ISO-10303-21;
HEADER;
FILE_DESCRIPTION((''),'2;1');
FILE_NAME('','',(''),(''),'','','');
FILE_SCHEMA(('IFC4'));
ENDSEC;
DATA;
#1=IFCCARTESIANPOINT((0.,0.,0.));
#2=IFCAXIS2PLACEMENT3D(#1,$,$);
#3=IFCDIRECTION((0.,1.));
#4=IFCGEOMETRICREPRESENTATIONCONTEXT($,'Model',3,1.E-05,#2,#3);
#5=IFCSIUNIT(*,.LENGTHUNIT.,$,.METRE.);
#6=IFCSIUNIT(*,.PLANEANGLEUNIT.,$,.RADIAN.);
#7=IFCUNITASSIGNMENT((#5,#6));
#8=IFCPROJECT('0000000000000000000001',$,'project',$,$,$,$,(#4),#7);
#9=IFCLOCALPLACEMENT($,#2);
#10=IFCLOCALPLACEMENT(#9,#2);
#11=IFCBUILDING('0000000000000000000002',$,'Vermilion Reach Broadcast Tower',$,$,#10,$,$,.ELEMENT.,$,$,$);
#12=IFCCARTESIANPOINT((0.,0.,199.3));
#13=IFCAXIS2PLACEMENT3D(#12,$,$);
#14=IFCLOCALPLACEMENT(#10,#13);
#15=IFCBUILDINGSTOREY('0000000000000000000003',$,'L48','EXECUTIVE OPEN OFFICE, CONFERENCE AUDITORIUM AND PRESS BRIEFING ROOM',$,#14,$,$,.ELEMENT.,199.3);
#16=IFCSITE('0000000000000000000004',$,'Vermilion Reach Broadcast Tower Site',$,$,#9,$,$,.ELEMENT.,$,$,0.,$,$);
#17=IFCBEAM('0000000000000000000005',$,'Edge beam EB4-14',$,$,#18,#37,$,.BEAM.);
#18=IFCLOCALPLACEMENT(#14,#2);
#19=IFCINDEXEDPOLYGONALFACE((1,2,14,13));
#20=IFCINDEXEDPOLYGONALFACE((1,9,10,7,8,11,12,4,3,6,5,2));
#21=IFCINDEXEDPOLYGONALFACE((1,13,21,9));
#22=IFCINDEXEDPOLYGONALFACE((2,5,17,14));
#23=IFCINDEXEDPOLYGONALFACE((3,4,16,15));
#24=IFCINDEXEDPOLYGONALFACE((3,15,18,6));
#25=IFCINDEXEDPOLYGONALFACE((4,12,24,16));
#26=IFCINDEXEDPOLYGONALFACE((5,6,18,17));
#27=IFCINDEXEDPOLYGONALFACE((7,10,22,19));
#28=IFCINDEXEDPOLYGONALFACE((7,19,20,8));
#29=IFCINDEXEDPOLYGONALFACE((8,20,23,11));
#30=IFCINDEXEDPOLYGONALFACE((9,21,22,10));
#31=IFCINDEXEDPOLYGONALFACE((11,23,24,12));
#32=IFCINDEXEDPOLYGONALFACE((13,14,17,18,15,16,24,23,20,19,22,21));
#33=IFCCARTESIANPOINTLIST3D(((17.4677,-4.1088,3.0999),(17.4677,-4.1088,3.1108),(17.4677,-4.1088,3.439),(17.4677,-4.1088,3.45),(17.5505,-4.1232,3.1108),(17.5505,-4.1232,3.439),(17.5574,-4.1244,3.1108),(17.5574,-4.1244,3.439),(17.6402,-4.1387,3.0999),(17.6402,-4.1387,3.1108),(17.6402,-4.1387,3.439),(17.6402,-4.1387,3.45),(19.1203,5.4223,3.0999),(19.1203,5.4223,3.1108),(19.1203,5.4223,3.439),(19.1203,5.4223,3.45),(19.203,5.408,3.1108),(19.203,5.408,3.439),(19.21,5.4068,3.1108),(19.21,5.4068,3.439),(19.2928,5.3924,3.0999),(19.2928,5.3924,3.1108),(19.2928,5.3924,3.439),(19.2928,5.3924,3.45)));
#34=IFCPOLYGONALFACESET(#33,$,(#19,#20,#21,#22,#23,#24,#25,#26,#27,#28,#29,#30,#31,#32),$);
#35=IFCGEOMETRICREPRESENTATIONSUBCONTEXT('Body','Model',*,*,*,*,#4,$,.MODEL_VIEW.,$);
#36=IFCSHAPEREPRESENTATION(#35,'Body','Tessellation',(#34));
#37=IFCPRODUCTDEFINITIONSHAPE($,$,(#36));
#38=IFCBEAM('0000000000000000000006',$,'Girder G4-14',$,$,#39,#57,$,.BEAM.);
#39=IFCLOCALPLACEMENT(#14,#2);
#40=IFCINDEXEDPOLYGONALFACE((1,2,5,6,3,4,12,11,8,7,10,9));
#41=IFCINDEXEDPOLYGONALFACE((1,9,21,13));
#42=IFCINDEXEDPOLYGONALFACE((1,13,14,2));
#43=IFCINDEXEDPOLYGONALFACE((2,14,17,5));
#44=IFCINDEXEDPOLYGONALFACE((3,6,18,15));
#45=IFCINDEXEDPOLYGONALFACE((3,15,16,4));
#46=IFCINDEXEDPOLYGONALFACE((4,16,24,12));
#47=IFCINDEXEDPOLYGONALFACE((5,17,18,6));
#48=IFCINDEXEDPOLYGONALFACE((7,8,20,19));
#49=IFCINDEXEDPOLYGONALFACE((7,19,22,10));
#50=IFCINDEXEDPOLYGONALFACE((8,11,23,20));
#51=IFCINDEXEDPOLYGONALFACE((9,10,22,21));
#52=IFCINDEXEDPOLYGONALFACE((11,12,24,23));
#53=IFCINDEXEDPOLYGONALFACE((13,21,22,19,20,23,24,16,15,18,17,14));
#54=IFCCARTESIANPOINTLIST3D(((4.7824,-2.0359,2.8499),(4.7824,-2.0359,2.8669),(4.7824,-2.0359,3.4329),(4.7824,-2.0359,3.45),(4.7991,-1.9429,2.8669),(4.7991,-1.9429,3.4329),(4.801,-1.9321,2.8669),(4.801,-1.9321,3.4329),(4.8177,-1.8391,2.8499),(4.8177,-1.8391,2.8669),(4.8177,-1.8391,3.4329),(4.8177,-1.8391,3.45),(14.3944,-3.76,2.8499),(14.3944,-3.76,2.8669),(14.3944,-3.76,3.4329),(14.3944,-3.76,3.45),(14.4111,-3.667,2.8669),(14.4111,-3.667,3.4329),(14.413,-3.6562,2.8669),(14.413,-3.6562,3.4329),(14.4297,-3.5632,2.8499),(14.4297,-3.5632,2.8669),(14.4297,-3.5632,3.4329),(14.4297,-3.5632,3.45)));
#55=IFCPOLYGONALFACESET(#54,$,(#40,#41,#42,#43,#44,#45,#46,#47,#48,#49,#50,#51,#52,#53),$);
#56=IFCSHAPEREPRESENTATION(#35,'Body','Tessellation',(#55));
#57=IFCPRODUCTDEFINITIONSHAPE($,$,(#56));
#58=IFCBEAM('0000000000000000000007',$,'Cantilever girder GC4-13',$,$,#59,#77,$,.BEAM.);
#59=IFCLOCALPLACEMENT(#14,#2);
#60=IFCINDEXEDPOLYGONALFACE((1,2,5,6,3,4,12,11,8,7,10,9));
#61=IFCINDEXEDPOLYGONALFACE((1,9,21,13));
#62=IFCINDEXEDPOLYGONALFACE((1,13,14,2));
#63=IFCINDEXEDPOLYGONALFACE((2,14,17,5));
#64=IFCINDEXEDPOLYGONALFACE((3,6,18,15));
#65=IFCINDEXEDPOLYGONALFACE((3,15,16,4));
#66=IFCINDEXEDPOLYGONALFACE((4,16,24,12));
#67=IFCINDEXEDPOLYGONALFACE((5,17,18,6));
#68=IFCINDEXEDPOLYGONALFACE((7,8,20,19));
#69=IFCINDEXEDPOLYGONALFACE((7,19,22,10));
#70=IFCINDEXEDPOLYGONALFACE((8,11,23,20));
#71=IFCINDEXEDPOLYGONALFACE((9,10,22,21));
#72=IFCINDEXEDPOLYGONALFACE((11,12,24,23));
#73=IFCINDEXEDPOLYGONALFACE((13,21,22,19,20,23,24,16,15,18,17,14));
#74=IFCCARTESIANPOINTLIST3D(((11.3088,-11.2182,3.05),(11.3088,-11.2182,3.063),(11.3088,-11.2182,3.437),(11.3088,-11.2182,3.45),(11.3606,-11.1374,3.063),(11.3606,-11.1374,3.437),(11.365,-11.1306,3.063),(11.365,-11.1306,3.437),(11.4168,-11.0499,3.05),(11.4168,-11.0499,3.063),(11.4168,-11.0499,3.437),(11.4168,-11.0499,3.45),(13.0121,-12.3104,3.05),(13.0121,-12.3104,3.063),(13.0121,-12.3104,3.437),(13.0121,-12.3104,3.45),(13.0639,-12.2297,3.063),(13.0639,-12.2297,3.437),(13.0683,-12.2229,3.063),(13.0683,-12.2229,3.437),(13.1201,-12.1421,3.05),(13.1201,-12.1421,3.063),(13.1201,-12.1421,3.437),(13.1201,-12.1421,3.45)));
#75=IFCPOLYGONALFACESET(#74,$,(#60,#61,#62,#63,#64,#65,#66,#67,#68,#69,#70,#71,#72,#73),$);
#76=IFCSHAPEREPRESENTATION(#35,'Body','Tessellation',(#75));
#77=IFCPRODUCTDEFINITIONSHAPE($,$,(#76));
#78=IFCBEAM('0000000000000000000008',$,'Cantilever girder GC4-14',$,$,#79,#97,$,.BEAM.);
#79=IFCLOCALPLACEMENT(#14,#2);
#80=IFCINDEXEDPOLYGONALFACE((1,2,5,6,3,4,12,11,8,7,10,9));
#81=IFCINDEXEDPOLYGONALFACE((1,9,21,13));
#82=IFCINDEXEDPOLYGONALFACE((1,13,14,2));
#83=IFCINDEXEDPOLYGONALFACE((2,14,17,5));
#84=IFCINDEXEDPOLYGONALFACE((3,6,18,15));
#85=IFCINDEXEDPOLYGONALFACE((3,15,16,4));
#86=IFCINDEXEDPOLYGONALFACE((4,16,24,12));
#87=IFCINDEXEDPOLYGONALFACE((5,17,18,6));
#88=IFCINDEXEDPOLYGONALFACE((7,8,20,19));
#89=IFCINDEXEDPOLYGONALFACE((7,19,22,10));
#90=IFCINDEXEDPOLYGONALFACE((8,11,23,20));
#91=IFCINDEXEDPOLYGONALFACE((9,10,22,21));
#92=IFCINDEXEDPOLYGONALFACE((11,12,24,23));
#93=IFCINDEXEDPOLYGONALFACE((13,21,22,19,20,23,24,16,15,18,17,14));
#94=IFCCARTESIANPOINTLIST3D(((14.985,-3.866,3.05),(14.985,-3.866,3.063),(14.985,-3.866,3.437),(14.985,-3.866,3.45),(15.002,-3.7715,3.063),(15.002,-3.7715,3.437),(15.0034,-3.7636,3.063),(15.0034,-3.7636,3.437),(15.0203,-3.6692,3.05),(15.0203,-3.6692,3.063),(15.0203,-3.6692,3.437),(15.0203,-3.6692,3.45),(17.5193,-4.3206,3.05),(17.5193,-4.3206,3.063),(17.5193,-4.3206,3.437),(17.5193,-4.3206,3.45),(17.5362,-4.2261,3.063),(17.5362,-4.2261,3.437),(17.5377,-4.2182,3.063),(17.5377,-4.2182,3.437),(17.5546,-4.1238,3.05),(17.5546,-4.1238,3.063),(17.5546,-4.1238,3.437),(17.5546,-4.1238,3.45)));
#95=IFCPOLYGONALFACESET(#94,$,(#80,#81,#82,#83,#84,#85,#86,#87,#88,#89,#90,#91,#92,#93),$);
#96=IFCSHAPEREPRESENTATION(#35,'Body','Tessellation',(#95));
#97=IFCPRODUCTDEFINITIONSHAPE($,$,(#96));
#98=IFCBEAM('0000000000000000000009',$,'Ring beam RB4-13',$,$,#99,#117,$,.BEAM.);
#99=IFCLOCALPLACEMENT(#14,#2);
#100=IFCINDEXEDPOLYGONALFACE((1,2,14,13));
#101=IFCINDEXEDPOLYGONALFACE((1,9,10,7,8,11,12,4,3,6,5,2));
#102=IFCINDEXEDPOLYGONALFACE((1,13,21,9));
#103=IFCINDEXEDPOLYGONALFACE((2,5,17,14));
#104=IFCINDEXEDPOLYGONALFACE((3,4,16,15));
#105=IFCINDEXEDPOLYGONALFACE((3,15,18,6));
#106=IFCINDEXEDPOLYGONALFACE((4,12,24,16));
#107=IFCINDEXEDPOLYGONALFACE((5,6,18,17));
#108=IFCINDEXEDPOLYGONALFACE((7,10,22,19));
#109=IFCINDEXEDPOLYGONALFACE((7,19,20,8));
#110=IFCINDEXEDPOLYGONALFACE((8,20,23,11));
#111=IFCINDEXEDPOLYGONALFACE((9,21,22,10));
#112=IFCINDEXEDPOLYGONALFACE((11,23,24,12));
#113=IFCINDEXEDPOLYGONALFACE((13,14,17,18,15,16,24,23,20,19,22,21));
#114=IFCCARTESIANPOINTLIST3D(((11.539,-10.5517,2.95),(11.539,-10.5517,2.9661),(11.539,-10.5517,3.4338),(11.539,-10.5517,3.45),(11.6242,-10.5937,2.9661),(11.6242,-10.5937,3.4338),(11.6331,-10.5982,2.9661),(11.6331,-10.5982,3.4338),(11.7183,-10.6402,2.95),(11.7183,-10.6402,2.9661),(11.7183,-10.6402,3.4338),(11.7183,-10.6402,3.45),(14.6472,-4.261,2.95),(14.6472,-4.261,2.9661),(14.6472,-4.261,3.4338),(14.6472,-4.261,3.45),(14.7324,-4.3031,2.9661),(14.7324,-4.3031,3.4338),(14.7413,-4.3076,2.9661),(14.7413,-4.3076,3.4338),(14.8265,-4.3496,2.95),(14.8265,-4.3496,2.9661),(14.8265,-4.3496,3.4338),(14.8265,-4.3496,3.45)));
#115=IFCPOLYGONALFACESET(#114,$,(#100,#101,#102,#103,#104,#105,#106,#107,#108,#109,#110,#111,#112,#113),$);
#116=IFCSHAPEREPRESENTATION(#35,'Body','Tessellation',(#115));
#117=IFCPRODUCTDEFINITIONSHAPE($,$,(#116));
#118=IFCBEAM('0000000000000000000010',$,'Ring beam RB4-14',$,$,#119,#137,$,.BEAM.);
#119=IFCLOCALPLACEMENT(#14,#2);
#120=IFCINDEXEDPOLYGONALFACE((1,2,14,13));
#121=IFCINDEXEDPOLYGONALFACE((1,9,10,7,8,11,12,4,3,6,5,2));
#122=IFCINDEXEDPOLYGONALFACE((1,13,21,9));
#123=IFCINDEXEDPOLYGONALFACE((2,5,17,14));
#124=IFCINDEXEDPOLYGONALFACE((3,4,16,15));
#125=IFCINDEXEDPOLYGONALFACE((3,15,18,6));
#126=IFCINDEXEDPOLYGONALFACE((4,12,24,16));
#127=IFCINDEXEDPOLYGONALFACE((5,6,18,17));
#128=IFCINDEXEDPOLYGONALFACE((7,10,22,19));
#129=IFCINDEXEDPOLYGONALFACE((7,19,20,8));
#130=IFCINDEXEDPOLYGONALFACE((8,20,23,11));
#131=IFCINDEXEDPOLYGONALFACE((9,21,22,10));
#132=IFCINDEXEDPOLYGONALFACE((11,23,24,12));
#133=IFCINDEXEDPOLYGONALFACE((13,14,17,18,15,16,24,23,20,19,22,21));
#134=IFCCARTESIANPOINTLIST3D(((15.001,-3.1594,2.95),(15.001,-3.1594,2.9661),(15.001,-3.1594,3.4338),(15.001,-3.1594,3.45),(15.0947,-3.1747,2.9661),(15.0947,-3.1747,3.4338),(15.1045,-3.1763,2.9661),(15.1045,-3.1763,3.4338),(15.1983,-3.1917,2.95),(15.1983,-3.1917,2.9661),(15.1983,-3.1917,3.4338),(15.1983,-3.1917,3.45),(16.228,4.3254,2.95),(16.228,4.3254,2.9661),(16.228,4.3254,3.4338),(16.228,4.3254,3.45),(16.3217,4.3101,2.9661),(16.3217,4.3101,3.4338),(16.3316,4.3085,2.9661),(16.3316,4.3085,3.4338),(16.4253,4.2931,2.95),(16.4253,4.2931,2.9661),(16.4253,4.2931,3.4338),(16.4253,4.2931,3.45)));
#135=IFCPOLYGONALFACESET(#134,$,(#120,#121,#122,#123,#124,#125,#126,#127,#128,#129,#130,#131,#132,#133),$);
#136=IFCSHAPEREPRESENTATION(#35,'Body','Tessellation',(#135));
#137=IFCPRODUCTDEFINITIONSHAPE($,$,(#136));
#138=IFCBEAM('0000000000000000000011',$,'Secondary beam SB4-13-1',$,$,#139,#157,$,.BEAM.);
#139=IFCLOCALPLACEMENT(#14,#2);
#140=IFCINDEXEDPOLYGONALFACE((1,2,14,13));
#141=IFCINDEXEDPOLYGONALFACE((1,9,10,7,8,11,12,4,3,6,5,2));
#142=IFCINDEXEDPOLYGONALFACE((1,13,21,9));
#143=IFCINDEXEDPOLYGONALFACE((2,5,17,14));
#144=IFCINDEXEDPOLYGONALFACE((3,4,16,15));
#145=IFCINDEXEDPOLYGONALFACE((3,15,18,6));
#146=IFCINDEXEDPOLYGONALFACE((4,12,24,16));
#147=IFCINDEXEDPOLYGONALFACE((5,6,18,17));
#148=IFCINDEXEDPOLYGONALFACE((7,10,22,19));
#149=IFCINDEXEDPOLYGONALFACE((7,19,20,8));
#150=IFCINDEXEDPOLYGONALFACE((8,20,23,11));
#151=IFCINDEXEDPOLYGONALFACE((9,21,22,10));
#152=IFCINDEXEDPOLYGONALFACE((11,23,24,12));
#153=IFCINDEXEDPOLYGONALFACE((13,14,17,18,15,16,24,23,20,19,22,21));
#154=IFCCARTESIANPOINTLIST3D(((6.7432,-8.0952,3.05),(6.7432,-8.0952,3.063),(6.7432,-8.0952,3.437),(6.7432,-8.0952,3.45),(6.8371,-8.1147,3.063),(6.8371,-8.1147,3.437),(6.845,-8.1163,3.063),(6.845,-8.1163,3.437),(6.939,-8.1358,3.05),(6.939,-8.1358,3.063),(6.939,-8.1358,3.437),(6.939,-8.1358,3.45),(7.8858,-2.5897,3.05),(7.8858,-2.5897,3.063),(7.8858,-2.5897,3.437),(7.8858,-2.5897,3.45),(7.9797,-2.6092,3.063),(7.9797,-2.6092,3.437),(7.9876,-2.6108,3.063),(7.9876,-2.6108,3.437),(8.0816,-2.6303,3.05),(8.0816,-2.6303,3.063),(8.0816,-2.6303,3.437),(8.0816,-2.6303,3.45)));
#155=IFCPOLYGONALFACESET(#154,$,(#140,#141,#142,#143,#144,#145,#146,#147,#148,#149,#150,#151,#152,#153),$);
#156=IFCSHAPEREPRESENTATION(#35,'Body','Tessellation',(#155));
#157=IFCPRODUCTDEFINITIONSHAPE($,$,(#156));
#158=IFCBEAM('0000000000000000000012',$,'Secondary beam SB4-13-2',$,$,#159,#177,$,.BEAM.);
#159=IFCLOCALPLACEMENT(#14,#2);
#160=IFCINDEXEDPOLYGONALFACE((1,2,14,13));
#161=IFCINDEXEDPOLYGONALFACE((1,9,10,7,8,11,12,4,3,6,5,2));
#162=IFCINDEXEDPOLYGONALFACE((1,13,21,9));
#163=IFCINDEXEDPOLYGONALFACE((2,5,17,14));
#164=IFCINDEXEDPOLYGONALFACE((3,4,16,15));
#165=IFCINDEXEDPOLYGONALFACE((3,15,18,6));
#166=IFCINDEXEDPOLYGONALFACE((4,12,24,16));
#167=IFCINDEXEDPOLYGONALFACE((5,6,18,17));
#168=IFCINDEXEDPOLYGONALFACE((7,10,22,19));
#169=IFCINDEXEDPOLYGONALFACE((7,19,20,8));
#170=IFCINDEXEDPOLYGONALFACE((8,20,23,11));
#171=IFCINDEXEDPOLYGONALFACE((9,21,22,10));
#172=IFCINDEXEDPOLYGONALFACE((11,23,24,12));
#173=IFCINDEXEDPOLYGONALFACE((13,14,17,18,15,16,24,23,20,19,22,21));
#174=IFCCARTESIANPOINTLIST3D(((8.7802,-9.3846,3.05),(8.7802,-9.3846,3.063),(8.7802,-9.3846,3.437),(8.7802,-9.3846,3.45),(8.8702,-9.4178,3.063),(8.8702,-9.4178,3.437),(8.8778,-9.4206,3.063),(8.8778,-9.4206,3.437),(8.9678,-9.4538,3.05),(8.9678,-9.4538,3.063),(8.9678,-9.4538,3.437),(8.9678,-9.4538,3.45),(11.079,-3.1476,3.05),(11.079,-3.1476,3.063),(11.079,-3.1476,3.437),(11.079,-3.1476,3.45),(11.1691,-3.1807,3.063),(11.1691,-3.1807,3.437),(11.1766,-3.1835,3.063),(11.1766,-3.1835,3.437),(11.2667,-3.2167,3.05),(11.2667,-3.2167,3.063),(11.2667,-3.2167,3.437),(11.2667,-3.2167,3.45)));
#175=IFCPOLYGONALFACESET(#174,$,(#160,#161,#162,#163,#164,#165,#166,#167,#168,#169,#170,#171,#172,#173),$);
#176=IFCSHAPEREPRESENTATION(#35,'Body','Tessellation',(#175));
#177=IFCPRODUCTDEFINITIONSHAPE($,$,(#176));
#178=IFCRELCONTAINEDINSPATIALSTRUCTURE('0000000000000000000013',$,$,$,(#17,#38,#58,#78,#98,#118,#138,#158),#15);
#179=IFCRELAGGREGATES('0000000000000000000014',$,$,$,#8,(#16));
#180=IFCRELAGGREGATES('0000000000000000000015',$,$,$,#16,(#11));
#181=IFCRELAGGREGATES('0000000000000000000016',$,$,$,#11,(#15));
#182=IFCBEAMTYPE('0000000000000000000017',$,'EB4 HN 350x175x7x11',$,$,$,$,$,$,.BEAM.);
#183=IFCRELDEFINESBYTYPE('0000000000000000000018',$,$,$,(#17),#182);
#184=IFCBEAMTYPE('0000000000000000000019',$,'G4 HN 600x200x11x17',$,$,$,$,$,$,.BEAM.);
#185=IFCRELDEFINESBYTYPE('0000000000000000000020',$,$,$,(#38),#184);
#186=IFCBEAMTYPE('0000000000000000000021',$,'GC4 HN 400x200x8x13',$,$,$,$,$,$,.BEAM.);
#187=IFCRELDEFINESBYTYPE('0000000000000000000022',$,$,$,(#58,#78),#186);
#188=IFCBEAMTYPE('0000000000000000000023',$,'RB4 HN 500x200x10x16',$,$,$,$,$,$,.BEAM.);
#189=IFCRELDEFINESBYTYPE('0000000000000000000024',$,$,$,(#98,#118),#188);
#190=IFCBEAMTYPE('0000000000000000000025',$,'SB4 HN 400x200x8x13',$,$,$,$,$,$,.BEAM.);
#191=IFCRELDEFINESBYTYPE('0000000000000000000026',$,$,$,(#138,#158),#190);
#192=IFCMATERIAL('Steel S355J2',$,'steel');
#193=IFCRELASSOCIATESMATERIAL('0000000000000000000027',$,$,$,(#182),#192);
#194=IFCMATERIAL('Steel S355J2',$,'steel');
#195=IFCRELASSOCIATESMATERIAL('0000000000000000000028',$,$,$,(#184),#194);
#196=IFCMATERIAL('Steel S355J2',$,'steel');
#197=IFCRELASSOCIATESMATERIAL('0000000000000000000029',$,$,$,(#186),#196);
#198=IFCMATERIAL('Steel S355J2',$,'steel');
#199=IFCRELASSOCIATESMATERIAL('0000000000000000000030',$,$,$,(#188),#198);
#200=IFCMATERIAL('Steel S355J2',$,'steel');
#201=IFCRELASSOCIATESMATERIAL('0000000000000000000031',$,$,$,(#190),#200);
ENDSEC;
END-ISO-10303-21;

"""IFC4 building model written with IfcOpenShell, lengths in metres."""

from ifc_helpers import new_model, si_unit, direction, frame, origin, origin_2d, place, context, subcontext, project, spatial, i_section, extrude, material, material_profile, profile_set, type_object, element, save


model = new_model("IFC4")

# Units and contexts
model_context = context("Model", 3, precision=1e-05, world=origin(), true_north=direction((0.0, 1.0)))
body_context = subcontext(model_context, "Body", "Model", "MODEL_VIEW")
ifc_project = project(units=[si_unit("LENGTHUNIT", "METRE"), si_unit("PLANEANGLEUNIT", "RADIAN")], contexts=[model_context])

# Site, building, storey
site_placement = place(None, origin())
site = spatial("IfcSite", under=ifc_project, at=site_placement, Name="Vermilion Reach Broadcast Tower Site", CompositionType="ELEMENT", RefElevation=0.0)
building_placement = place(site_placement, origin())
building = spatial("IfcBuilding", under=site, at=building_placement, Name="Vermilion Reach Broadcast Tower", CompositionType="ELEMENT")
storey_placement = place(building_placement, frame((0.0, 0.0, 199.3)))
storey = spatial("IfcBuildingStorey", under=building, at=storey_placement, Name="L48", Description="EXECUTIVE OPEN OFFICE, CONFERENCE AUDITORIUM AND PRESS BRIEFING ROOM", CompositionType="ELEMENT", Elevation=199.3)

# Beams
ifc_material_1 = material(Name="Steel S355J2", Category="steel")
ifc_material_profile_1 = material_profile(ifc_material_1, i_section(OverallWidth=0.175, OverallDepth=0.3501, WebThickness=0.0071, FlangeThickness=0.011, at=origin_2d()), Name="S355J2 HN 350x175x7x11")
ifc_profile_set_1 = profile_set([ifc_material_profile_1], Name="Steel S355J2")
beam_type_1 = type_object("IfcBeamType", Name="EB4 HN 350x175x7x11", PredefinedType="BEAM", material=ifc_profile_set_1)
beam_1_placement = place(storey_placement, frame((17.554, -4.1238, 3.2749), z_axis=(0.170837, 0.985299, 0.0), x_axis=(-0.985299, 0.170837, 0.0)))
element("IfcBeam", 1, at=beam_1_placement, inside=storey, type_object=beam_type_1, Name="Edge beam EB4-14", PredefinedType="BEAM", context=body_context, shape_type="SweptSolid", body=[
    extrude(i_section(OverallWidth=0.175, OverallDepth=0.3501, WebThickness=0.0071, FlangeThickness=0.011, at=origin_2d()), origin(), (0.0, 0.0, 1.0), 9.6733),
])
ifc_material_2 = material(Name="Steel S355J2", Category="steel")
ifc_material_profile_2 = material_profile(ifc_material_2, i_section(OverallWidth=0.2, OverallDepth=0.6001, WebThickness=0.011, FlangeThickness=0.0171, at=origin_2d()), Name="S355J2 HN 600x200x11x17")
ifc_profile_set_2 = profile_set([ifc_material_profile_2], Name="Steel S355J2")
beam_type_2 = type_object("IfcBeamType", Name="G4 HN 600x200x11x17", PredefinedType="BEAM", material=ifc_profile_set_2)
beam_2_placement = place(storey_placement, frame((4.8, -1.9375, 3.1499), z_axis=(0.984291, -0.176553, 0.0), x_axis=(0.176553, 0.984291, 0.0)))
element("IfcBeam", 2, at=beam_2_placement, inside=storey, type_object=beam_type_2, Name="Girder G4-14", PredefinedType="BEAM", context=body_context, shape_type="SweptSolid", body=[
    extrude(i_section(OverallWidth=0.2, OverallDepth=0.6001, WebThickness=0.011, FlangeThickness=0.0171, at=origin_2d()), origin(), (0.0, 0.0, 1.0), 9.7654),
])
ifc_material_3 = material(Name="Steel S355J2", Category="steel")
ifc_material_profile_3 = material_profile(ifc_material_3, i_section(OverallWidth=0.2, OverallDepth=0.3999, WebThickness=0.0081, FlangeThickness=0.0129, at=origin_2d()), Name="S355J2 HN 400x200x8x13")
ifc_profile_set_3 = profile_set([ifc_material_profile_3], Name="Steel S355J2")
beam_type_3 = type_object("IfcBeamType", Name="GC4 HN 400x200x8x13", PredefinedType="BEAM", material=ifc_profile_set_3)
beam_3_placement = place(storey_placement, frame((11.3628, -11.134, 3.25), z_axis=(0.841793, -0.5398, 0.0), x_axis=(0.5398, 0.841793, 0.0)))
element("IfcBeam", 3, at=beam_3_placement, inside=storey, type_object=beam_type_3, Name="Cantilever girder GC4-13", PredefinedType="BEAM", context=body_context, shape_type="SweptSolid", body=[
    extrude(i_section(OverallWidth=0.2, OverallDepth=0.3999, WebThickness=0.0081, FlangeThickness=0.0129, at=origin_2d()), origin(), (0.0, 0.0, 1.0), 2.0234),
])
beam_4_placement = place(storey_placement, frame((15.0027, -3.7676, 3.25), z_axis=(0.984289, -0.176565, 0.0), x_axis=(0.176565, 0.984289, 0.0)))
element("IfcBeam", 4, at=beam_4_placement, inside=storey, type_object=beam_type_3, Name="Cantilever girder GC4-14", PredefinedType="BEAM", context=body_context, shape_type="SweptSolid", body=[
    extrude(i_section(OverallWidth=0.2, OverallDepth=0.3999, WebThickness=0.0081, FlangeThickness=0.0129, at=origin_2d()), origin(), (0.0, 0.0, 1.0), 2.5747),
])
ifc_material_4 = material(Name="Steel S355J2", Category="steel")
ifc_material_profile_4 = material_profile(ifc_material_4, i_section(OverallWidth=0.2, OverallDepth=0.5, WebThickness=0.01, FlangeThickness=0.0161, at=origin_2d()), Name="S355J2 HN 500x200x10x16")
ifc_profile_set_4 = profile_set([ifc_material_profile_4], Name="Steel S355J2")
beam_type_4 = type_object("IfcBeamType", Name="RB4 HN 500x200x10x16", PredefinedType="BEAM", material=ifc_profile_set_4)
beam_5_placement = place(storey_placement, frame((11.6287, -10.5959, 3.2), z_axis=(0.442977, 0.896533, 0.0), x_axis=(-0.896533, 0.442977, 0.0)))
element("IfcBeam", 5, at=beam_5_placement, inside=storey, type_object=beam_type_4, Name="Ring beam RB4-13", PredefinedType="BEAM", context=body_context, shape_type="SweptSolid", body=[
    extrude(i_section(OverallWidth=0.2, OverallDepth=0.5, WebThickness=0.01, FlangeThickness=0.0161, at=origin_2d()), origin(), (0.0, 0.0, 1.0), 7.0166),
])
beam_6_placement = place(storey_placement, frame((15.0996, -3.1755, 3.2), z_axis=(0.161778, 0.986827, 0.0), x_axis=(-0.986827, 0.161778, 0.0)))
element("IfcBeam", 6, at=beam_6_placement, inside=storey, type_object=beam_type_4, Name="Ring beam RB4-14", PredefinedType="BEAM", context=body_context, shape_type="SweptSolid", body=[
    extrude(i_section(OverallWidth=0.2, OverallDepth=0.5, WebThickness=0.01, FlangeThickness=0.0161, at=origin_2d()), origin(), (0.0, 0.0, 1.0), 7.5847),
])
ifc_material_5 = material(Name="Steel S355J2", Category="steel")
ifc_material_profile_5 = material_profile(ifc_material_5, i_section(OverallWidth=0.2, OverallDepth=0.3999, WebThickness=0.0081, FlangeThickness=0.0129, at=origin_2d()), Name="S355J2 HN 400x200x8x13")
ifc_profile_set_5 = profile_set([ifc_material_profile_5], Name="Steel S355J2")
beam_type_5 = type_object("IfcBeamType", Name="SB4 HN 400x200x8x13", PredefinedType="BEAM", material=ifc_profile_set_5)
beam_7_placement = place(storey_placement, frame((6.8411, -8.1155, 3.25), z_axis=(0.203209, 0.979135, 0.0), x_axis=(-0.979135, 0.203209, 0.0)))
element("IfcBeam", 7, at=beam_7_placement, inside=storey, type_object=beam_type_5, Name="Secondary beam SB4-13-1", PredefinedType="BEAM", context=body_context, shape_type="SweptSolid", body=[
    extrude(i_section(OverallWidth=0.2, OverallDepth=0.3999, WebThickness=0.0081, FlangeThickness=0.0129, at=origin_2d()), origin(), (0.0, 0.0, 1.0), 5.6228),
])
beam_8_placement = place(storey_placement, frame((8.874, -9.4192, 3.25), z_axis=(0.345833, 0.938296, 0.0), x_axis=(-0.938296, 0.345833, 0.0)))
element("IfcBeam", 8, at=beam_8_placement, inside=storey, type_object=beam_type_5, Name="Secondary beam SB4-13-2", PredefinedType="BEAM", context=body_context, shape_type="SweptSolid", body=[
    extrude(i_section(OverallWidth=0.2, OverallDepth=0.3999, WebThickness=0.0081, FlangeThickness=0.0129, at=origin_2d()), origin(), (0.0, 0.0, 1.0), 6.6472),
])

save(model, "model.ifc")
